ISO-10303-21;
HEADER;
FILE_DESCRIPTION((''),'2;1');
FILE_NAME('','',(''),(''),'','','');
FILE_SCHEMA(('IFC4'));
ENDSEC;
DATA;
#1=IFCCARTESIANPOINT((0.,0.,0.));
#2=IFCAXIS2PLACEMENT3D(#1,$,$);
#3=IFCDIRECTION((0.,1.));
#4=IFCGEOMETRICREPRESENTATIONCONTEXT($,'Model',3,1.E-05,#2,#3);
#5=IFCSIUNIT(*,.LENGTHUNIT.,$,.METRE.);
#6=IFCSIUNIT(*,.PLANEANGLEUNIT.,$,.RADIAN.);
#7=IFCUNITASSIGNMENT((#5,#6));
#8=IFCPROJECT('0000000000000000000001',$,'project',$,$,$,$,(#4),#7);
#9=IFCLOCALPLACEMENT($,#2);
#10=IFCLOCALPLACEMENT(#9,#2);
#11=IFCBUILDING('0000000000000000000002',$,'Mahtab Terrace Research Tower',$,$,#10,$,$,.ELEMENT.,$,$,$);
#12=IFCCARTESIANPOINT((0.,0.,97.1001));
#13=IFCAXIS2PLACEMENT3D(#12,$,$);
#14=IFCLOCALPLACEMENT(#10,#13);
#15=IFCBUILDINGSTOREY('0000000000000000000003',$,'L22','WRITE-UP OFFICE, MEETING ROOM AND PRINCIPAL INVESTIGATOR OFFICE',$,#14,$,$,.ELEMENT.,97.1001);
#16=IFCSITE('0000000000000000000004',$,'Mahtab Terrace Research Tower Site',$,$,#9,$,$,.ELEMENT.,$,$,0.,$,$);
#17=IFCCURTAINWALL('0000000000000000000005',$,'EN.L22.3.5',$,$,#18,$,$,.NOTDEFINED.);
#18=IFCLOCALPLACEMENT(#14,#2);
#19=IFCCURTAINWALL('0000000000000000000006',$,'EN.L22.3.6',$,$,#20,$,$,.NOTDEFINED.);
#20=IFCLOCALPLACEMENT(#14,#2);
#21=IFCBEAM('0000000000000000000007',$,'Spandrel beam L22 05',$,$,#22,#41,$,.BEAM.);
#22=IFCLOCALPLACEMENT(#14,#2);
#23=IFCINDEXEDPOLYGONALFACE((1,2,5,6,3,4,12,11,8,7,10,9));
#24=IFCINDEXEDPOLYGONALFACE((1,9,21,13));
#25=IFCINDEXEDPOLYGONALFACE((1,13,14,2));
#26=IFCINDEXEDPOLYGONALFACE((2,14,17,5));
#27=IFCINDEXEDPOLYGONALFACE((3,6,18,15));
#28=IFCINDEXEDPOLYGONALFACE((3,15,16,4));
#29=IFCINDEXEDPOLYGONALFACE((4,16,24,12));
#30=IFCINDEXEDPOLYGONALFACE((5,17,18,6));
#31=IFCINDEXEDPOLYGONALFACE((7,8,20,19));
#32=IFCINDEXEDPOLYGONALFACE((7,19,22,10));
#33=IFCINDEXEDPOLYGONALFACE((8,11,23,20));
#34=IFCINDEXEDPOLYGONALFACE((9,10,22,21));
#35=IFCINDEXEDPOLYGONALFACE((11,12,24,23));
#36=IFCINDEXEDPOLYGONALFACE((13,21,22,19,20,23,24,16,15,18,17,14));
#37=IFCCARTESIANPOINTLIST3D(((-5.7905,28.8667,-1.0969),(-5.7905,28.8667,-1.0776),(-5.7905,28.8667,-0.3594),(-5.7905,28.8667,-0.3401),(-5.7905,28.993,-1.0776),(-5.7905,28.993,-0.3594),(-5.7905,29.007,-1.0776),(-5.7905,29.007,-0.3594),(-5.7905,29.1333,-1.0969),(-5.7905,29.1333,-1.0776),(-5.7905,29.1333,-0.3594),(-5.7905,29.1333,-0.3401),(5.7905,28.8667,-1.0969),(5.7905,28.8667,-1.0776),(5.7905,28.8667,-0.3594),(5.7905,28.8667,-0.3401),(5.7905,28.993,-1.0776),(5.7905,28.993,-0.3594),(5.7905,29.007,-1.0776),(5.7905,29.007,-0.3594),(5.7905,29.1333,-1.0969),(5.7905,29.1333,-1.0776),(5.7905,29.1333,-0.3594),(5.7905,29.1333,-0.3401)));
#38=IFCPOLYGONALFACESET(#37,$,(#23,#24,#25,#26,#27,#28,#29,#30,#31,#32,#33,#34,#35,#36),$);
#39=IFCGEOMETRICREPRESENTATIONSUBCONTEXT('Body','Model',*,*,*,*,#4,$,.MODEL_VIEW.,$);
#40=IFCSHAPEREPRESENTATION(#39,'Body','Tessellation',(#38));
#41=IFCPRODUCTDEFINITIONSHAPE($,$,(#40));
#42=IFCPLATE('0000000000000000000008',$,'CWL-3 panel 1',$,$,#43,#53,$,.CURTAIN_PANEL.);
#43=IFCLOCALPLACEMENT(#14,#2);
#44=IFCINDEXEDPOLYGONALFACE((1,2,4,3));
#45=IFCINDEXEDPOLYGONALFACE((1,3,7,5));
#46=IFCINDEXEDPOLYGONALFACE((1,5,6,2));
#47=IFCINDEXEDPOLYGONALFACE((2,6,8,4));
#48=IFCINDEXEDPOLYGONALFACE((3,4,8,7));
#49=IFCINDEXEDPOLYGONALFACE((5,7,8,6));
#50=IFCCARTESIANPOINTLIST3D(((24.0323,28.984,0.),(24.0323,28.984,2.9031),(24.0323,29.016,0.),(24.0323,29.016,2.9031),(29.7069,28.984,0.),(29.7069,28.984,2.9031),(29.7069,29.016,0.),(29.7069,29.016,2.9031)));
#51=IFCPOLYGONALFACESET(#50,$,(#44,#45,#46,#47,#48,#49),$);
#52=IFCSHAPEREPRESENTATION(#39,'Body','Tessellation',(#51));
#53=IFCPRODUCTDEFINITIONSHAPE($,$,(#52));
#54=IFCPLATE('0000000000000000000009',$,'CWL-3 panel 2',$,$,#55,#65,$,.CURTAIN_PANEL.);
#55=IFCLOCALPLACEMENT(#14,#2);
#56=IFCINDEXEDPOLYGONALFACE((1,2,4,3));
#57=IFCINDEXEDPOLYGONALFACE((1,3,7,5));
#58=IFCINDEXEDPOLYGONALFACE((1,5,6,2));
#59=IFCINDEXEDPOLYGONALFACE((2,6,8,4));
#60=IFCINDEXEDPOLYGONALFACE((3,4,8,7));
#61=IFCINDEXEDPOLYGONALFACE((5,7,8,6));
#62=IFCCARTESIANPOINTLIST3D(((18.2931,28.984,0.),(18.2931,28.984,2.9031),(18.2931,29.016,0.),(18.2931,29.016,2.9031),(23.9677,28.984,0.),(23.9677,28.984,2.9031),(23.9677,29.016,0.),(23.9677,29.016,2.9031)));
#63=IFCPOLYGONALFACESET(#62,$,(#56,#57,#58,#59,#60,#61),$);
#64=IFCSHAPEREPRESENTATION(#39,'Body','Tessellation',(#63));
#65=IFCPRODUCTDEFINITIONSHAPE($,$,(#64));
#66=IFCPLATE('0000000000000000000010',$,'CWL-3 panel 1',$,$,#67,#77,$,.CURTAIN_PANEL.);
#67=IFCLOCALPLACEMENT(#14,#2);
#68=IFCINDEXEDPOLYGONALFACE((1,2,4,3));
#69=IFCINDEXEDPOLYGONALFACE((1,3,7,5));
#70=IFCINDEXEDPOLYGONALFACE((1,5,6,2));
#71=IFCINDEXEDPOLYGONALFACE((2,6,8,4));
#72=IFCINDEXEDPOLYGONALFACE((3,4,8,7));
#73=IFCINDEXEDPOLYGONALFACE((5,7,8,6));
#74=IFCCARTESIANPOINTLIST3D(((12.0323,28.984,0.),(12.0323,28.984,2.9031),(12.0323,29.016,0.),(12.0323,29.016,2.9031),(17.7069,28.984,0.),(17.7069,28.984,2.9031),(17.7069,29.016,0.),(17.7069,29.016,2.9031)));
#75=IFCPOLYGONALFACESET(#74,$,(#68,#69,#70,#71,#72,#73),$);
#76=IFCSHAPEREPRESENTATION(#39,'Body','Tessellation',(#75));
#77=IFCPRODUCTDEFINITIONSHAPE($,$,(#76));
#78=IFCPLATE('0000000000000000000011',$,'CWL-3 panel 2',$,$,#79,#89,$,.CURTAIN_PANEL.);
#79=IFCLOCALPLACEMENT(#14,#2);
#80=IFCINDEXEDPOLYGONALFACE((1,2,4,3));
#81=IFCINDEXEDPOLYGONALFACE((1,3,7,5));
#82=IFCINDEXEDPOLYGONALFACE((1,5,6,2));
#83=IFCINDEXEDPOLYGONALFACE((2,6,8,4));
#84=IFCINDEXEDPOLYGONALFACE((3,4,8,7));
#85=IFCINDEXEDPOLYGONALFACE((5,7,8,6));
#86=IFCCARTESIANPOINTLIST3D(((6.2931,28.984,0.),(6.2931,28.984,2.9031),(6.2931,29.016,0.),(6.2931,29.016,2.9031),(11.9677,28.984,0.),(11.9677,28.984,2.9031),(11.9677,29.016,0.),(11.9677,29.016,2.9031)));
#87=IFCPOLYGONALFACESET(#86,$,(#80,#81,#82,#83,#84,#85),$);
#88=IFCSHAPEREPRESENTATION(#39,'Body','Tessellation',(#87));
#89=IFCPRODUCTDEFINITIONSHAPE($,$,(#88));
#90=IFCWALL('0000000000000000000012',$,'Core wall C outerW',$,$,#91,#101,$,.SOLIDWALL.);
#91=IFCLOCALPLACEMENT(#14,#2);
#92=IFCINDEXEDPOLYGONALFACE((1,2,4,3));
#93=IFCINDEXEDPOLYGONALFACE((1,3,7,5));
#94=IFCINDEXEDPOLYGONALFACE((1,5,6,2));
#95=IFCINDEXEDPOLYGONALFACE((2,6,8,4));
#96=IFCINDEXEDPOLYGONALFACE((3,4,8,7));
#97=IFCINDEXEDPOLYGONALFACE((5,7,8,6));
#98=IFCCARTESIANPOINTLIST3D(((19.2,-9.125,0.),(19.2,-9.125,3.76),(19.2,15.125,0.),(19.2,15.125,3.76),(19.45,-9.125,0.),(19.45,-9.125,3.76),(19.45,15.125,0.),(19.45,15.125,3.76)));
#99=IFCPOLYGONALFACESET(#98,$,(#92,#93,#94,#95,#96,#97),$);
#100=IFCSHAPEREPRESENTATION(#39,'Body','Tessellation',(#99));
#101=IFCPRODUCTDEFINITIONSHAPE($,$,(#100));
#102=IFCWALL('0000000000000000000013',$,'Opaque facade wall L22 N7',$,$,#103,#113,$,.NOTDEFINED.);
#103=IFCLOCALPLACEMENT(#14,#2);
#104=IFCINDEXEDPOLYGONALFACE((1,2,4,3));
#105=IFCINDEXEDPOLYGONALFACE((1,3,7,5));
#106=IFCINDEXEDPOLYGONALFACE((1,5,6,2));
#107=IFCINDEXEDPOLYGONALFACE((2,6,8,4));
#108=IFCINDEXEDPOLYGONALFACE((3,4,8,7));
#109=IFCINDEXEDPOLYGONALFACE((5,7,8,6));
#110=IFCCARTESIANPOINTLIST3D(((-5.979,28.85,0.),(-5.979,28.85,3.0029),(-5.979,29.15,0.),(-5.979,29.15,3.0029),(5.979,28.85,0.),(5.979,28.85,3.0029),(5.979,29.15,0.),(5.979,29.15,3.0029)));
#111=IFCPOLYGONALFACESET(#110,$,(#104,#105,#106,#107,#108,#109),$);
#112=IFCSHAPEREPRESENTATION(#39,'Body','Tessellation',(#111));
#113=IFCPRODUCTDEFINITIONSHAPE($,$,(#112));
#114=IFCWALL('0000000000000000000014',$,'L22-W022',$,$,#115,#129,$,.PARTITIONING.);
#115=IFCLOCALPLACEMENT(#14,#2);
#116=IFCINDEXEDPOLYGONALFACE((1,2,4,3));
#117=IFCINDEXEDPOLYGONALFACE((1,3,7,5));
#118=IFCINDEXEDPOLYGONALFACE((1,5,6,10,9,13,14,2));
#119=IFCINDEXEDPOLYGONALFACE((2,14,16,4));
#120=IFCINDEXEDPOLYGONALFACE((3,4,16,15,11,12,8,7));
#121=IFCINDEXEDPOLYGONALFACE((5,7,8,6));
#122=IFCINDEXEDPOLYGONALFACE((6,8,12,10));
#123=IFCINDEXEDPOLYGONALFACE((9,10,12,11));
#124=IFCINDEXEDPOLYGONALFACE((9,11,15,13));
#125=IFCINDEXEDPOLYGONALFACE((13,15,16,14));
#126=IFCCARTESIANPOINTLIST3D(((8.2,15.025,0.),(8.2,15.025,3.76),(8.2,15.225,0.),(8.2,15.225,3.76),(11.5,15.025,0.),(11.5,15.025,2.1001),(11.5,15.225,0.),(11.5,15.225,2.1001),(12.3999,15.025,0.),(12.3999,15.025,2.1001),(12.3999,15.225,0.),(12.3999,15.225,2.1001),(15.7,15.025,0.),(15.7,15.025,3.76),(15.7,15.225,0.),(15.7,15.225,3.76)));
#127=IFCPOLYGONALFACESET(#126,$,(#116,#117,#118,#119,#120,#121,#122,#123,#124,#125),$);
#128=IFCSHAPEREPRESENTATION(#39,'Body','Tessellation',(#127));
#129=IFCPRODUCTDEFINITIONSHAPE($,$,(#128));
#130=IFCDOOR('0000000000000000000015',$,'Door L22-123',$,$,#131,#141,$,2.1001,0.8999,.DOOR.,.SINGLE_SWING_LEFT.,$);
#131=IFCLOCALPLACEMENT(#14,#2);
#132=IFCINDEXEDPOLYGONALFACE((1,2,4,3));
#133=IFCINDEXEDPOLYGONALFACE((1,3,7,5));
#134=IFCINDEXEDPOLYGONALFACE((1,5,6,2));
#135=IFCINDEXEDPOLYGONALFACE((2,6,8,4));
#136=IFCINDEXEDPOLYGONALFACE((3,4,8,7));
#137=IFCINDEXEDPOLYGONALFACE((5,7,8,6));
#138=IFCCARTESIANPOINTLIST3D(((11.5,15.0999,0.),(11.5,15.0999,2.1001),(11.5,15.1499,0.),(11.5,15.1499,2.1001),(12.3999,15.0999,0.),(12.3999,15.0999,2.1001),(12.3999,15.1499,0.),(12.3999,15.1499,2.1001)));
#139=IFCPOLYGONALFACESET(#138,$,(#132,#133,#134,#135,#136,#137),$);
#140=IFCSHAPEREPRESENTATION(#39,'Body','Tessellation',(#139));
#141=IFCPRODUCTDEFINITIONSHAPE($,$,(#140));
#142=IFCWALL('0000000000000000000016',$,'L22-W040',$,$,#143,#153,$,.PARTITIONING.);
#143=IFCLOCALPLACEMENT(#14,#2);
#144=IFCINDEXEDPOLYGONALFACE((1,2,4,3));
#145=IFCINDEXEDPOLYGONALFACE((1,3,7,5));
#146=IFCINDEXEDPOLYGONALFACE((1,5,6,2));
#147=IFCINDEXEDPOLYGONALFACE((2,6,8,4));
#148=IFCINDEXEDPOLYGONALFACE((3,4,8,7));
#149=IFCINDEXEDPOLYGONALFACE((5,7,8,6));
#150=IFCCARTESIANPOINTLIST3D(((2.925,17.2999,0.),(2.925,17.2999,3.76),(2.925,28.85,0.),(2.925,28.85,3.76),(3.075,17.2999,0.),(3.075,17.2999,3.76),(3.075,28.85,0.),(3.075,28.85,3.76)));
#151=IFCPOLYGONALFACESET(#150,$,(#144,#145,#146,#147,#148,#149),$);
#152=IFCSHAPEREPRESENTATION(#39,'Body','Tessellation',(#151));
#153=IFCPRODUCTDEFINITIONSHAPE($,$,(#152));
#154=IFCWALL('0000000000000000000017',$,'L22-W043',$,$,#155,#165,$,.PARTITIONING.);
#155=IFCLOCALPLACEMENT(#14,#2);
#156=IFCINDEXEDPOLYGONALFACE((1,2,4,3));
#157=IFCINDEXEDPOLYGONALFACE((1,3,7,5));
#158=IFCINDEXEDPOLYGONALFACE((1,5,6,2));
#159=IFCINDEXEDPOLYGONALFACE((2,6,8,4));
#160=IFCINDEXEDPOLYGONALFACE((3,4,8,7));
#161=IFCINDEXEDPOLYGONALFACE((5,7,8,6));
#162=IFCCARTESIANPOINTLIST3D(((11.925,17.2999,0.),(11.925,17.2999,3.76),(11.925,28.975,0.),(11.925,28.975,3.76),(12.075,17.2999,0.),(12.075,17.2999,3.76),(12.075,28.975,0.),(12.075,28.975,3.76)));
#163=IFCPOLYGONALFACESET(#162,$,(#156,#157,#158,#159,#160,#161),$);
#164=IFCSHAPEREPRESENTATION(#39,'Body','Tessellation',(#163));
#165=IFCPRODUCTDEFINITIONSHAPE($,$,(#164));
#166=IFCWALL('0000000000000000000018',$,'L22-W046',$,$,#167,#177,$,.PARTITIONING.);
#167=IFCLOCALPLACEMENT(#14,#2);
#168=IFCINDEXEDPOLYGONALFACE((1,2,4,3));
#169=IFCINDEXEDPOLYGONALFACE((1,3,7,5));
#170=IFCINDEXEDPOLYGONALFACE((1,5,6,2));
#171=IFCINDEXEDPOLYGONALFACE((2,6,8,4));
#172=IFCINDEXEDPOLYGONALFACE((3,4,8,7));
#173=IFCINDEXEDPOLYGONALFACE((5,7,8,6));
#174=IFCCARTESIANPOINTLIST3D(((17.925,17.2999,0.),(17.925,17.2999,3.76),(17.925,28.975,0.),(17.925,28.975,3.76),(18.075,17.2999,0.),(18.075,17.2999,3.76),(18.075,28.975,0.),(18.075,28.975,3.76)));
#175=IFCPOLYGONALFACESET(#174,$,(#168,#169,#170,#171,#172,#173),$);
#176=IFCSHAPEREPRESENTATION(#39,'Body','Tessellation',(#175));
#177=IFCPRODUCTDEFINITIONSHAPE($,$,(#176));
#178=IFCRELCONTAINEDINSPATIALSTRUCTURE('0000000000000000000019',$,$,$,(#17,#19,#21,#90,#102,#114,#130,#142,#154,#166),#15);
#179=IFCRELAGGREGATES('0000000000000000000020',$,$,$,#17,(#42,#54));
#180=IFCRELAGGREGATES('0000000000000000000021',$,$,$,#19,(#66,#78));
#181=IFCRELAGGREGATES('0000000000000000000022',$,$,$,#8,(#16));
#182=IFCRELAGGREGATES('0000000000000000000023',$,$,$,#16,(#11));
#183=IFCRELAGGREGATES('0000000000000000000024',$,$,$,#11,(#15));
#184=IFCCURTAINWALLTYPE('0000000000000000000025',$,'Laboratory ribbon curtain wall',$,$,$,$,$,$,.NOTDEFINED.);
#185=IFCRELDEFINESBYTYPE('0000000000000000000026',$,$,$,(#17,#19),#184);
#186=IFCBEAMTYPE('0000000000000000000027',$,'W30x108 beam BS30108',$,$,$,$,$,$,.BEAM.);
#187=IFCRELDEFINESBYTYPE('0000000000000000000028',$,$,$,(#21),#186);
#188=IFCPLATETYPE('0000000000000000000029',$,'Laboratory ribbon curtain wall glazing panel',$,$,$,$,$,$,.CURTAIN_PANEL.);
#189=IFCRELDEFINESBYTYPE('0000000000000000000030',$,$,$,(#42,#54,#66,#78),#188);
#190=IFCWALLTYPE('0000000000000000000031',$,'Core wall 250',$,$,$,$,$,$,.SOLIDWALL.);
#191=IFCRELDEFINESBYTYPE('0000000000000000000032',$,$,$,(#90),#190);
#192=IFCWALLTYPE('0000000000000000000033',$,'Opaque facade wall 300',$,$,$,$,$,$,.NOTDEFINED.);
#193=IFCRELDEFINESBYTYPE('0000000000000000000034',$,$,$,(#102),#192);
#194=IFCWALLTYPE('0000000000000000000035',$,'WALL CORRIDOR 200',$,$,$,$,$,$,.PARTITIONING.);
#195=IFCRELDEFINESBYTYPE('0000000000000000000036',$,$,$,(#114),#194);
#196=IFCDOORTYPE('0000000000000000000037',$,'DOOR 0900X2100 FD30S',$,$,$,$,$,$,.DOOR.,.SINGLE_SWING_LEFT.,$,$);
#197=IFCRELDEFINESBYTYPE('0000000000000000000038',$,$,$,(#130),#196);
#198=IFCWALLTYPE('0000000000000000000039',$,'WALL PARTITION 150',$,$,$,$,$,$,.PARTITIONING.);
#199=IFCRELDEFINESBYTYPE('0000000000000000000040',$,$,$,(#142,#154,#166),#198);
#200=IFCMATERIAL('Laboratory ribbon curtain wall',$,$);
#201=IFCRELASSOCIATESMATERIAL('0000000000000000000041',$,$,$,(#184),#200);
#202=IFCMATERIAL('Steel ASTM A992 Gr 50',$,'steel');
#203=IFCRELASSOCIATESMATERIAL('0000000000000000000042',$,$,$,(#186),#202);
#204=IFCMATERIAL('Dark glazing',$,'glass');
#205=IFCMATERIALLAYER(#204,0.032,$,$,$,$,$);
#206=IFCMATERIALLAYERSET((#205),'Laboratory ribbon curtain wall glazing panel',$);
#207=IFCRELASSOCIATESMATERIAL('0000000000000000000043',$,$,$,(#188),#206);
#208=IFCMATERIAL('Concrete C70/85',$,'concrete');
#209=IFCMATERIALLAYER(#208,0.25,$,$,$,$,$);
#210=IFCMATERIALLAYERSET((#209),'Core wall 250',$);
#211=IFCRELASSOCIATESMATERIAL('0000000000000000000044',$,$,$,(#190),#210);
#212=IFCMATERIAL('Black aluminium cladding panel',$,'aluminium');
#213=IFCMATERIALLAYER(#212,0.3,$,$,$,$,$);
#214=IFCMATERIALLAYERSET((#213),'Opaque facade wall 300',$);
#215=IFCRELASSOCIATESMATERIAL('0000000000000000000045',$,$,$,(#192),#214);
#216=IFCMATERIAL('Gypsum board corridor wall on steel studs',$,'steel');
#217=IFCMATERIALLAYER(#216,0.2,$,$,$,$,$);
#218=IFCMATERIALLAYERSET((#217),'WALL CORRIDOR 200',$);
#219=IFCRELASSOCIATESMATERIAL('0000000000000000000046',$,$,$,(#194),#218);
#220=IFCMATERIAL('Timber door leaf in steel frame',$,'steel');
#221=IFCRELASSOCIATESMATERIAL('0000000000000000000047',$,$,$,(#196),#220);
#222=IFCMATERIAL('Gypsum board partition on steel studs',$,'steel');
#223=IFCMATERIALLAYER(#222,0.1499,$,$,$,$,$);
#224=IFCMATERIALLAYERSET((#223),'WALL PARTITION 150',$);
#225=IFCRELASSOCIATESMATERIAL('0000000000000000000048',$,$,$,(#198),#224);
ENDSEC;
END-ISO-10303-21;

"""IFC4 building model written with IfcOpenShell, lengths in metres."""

from ifc_helpers import new_model, si_unit, direction, frame, frame_2d, origin, origin_2d, place, context, subcontext, project, spatial, rectangle, i_section, extrude, material, layer, layer_set, material_profile, profile_set, type_object, element, fill, aggregate, save


model = new_model("IFC4")

# Units and contexts
model_context = context("Model", 3, precision=1e-05, world=origin(), true_north=direction((0.0, 1.0)))
body_context = subcontext(model_context, "Body", "Model", "MODEL_VIEW")
ifc_project = project(units=[si_unit("LENGTHUNIT", "METRE"), si_unit("PLANEANGLEUNIT", "RADIAN")], contexts=[model_context])

# Site, building, storey
site_placement = place(None, origin())
site = spatial("IfcSite", under=ifc_project, at=site_placement, Name="Mahtab Terrace Research Tower Site", CompositionType="ELEMENT", RefElevation=0.0)
building_placement = place(site_placement, origin())
building = spatial("IfcBuilding", under=site, at=building_placement, Name="Mahtab Terrace Research Tower", CompositionType="ELEMENT")
storey_placement = place(building_placement, frame((0.0, 0.0, 97.1001)))
storey = spatial("IfcBuildingStorey", under=building, at=storey_placement, Name="L22", Description="WRITE-UP OFFICE, MEETING ROOM AND PRINCIPAL INVESTIGATOR OFFICE", CompositionType="ELEMENT", Elevation=97.1001)

# Shared definitions
ifc_material_1 = material(Name="Steel ASTM A992 Gr 50", Category="steel")

# Curtain walls
ifc_material_2 = material(Name="Laboratory ribbon curtain wall")
curtain_wall_type = type_object("IfcCurtainWallType", Name="Laboratory ribbon curtain wall", PredefinedType="NOTDEFINED", material=ifc_material_2)
curtain_wall_1_placement = place(storey_placement, origin())
curtain_wall_1 = element("IfcCurtainWall", 1, at=curtain_wall_1_placement, inside=storey, type_object=curtain_wall_type, Name="EN.L22.3.5", PredefinedType="NOTDEFINED")
curtain_wall_2_placement = place(storey_placement, origin())
curtain_wall_2 = element("IfcCurtainWall", 2, at=curtain_wall_2_placement, inside=storey, type_object=curtain_wall_type, Name="EN.L22.3.6", PredefinedType="NOTDEFINED")

# Beam
ifc_material_profile_1 = material_profile(ifc_material_1, i_section(OverallWidth=0.2666, OverallDepth=0.7568, WebThickness=0.0139, FlangeThickness=0.0193, at=origin_2d()), Name="W30X108")
ifc_profile_set_1 = profile_set([ifc_material_profile_1], Name="Steel ASTM A992 Gr 50")
beam_type = type_object("IfcBeamType", Name="W30x108 beam BS30108", PredefinedType="BEAM", material=ifc_profile_set_1)
for number, where, z_axis, x_axis, name in (
    (3, (5.7905, 29.0, -0.7185), (-1.0, 0.0, 0.0), (0.0, -1.0, 0.0), "Spandrel beam L22 05"),
):
    element("IfcBeam", number, at=place(storey_placement, frame(where, z_axis=z_axis, x_axis=x_axis)), inside=storey, type_object=beam_type, Name=name, PredefinedType="BEAM", context=body_context, shape_type="SweptSolid", body=[
        extrude(i_section(OverallWidth=0.2666, OverallDepth=0.7568, WebThickness=0.0139, FlangeThickness=0.0193, at=origin_2d()), origin(), (0.0, 0.0, 1.0), 11.5811),
    ])

# Plates
ifc_material_3 = material(Name="Dark glazing", Category="glass")
ifc_layer_1 = layer(ifc_material_3, 0.032)
ifc_layer_set_1 = layer_set([ifc_layer_1], Name="Laboratory ribbon curtain wall glazing panel")
plate_type = type_object("IfcPlateType", Name="Laboratory ribbon curtain wall glazing panel", PredefinedType="CURTAIN_PANEL", material=ifc_layer_set_1)
plate_1_placement = place(storey_placement, frame((26.8696, 29.0, 0.0), z_axis=(0.0, 0.0, 1.0), x_axis=(-1.0, 0.0, 0.0)))
plate_1 = element("IfcPlate", 4, at=plate_1_placement, type_object=plate_type, Name="CWL-3 panel 1", PredefinedType="CURTAIN_PANEL", context=body_context, shape_type="SweptSolid", body=[
    extrude(rectangle(XDim=5.6746, YDim=0.032, at=origin_2d()), origin(), (0.0, 0.0, 1.0), 2.9031),
])
plate_2_placement = place(storey_placement, frame((21.1304, 29.0, 0.0), z_axis=(0.0, 0.0, 1.0), x_axis=(-1.0, 0.0, 0.0)))
plate_2 = element("IfcPlate", 5, at=plate_2_placement, type_object=plate_type, Name="CWL-3 panel 2", PredefinedType="CURTAIN_PANEL", context=body_context, shape_type="SweptSolid", body=[
    extrude(rectangle(XDim=5.6746, YDim=0.032, at=origin_2d()), origin(), (0.0, 0.0, 1.0), 2.9031),
])
aggregate(curtain_wall_1, [plate_1, plate_2])
plate_3_placement = place(storey_placement, frame((14.8696, 29.0, 0.0), z_axis=(0.0, 0.0, 1.0), x_axis=(-1.0, 0.0, 0.0)))
plate_3 = element("IfcPlate", 6, at=plate_3_placement, type_object=plate_type, Name="CWL-3 panel 1", PredefinedType="CURTAIN_PANEL", context=body_context, shape_type="SweptSolid", body=[
    extrude(rectangle(XDim=5.6746, YDim=0.032, at=origin_2d()), origin(), (0.0, 0.0, 1.0), 2.9031),
])
plate_4_placement = place(storey_placement, frame((9.1304, 29.0, 0.0), z_axis=(0.0, 0.0, 1.0), x_axis=(-1.0, 0.0, 0.0)))
plate_4 = element("IfcPlate", 7, at=plate_4_placement, type_object=plate_type, Name="CWL-3 panel 2", PredefinedType="CURTAIN_PANEL", context=body_context, shape_type="SweptSolid", body=[
    extrude(rectangle(XDim=5.6746, YDim=0.032, at=origin_2d()), origin(), (0.0, 0.0, 1.0), 2.9031),
])
aggregate(curtain_wall_2, [plate_3, plate_4])

# Walls
ifc_material_4 = material(Name="Concrete C70/85", Category="concrete")
ifc_layer_2 = layer(ifc_material_4, 0.25)
ifc_layer_set_2 = layer_set([ifc_layer_2], Name="Core wall 250")
wall_type_1 = type_object("IfcWallType", Name="Core wall 250", PredefinedType="SOLIDWALL", material=ifc_layer_set_2)
wall_1_placement = place(storey_placement, frame((19.325, 15.125, 0.0), z_axis=(0.0, 0.0, 1.0), x_axis=(0.0, -1.0, 0.0)))
element("IfcWall", 8, at=wall_1_placement, inside=storey, type_object=wall_type_1, Name="Core wall C outerW", PredefinedType="SOLIDWALL", context=body_context, shape_type="SweptSolid", body=[
    extrude(rectangle(XDim=24.25, YDim=0.25, at=frame_2d((12.125, 0.0))), origin(), (0.0, 0.0, 1.0), 3.76),
])
ifc_material_5 = material(Name="Black aluminium cladding panel", Category="aluminium")
ifc_layer_3 = layer(ifc_material_5, 0.3)
ifc_layer_set_3 = layer_set([ifc_layer_3], Name="Opaque facade wall 300")
wall_type_2 = type_object("IfcWallType", Name="Opaque facade wall 300", PredefinedType="NOTDEFINED", material=ifc_layer_set_3)
wall_2_placement = place(storey_placement, frame((5.979, 29.0, 0.0), z_axis=(0.0, 0.0, 1.0), x_axis=(-1.0, 0.0, 0.0)))
element("IfcWall", 9, at=wall_2_placement, inside=storey, type_object=wall_type_2, Name="Opaque facade wall L22 N7", PredefinedType="NOTDEFINED", context=body_context, shape_type="SweptSolid", body=[
    extrude(rectangle(XDim=11.958, YDim=0.3, at=frame_2d((5.979, 0.0))), origin(), (0.0, 0.0, 1.0), 3.0029),
])

# Wall, opening, door
ifc_material_6 = material(Name="Gypsum board corridor wall on steel studs", Category="steel")
ifc_layer_4 = layer(ifc_material_6, 0.2)
ifc_layer_set_4 = layer_set([ifc_layer_4], Name="WALL CORRIDOR 200")
wall_type_3 = type_object("IfcWallType", Name="WALL CORRIDOR 200", PredefinedType="PARTITIONING", material=ifc_layer_set_4)
wall_3_placement = place(storey_placement, frame((8.2, 15.125, 0.0), z_axis=(0.0, 0.0, 1.0), x_axis=(1.0, 0.0, 0.0)))
wall_3 = element("IfcWall", 10, at=wall_3_placement, inside=storey, type_object=wall_type_3, Name="L22-W022", PredefinedType="PARTITIONING", context=body_context, shape_type="SweptSolid", body=[
    extrude(rectangle(XDim=7.5, YDim=0.2, at=frame_2d((3.75, 0.0))), origin(), (0.0, 0.0, 1.0), 3.76),
])
opening_placement = place(wall_3_placement, frame((3.3, 0.0, 0.0)))
opening = element("IfcOpeningElement", 11, at=opening_placement, cuts=wall_3, PredefinedType="OPENING", context=body_context, shape_type="SweptSolid", body=[
    extrude(rectangle(XDim=0.8999, YDim=2.1001, at=frame_2d((0.45, 1.05))), frame((0.0, 0.1099, 0.0), z_axis=(0.0, -1.0, 0.0), x_axis=(1.0, 0.0, 0.0)), (0.0, 0.0, 1.0), 0.22),
])
ifc_material_7 = material(Name="Timber door leaf in steel frame", Category="steel")
door_type = type_object("IfcDoorType", Name="DOOR 0900X2100 FD30S", OperationType="SINGLE_SWING_LEFT", PredefinedType="DOOR", material=ifc_material_7)
door_placement = place(opening_placement, origin())
door = element("IfcDoor", 12, at=door_placement, inside=storey, type_object=door_type, Name="Door L22-123", OperationType="SINGLE_SWING_LEFT", OverallHeight=2.1001, OverallWidth=0.8999, PredefinedType="DOOR", context=body_context, shape_type="SweptSolid", body=[
    extrude(rectangle(XDim=0.8999, YDim=2.1001, at=frame_2d((0.45, 1.05))), frame((0.0, 0.0249, 0.0), z_axis=(0.0, -1.0, 0.0), x_axis=(1.0, 0.0, 0.0)), (0.0, 0.0, 1.0), 0.05),
])
fill(opening, door)

# Walls
ifc_material_8 = material(Name="Gypsum board partition on steel studs", Category="steel")
ifc_layer_5 = layer(ifc_material_8, 0.1499)
ifc_layer_set_5 = layer_set([ifc_layer_5], Name="WALL PARTITION 150")
wall_type_4 = type_object("IfcWallType", Name="WALL PARTITION 150", PredefinedType="PARTITIONING", material=ifc_layer_set_5)
wall_4_placement = place(storey_placement, frame((3.0, 17.3, 0.0), z_axis=(0.0, 0.0, 1.0), x_axis=(0.0, 1.0, 0.0)))
element("IfcWall", 13, at=wall_4_placement, inside=storey, type_object=wall_type_4, Name="L22-W040", PredefinedType="PARTITIONING", context=body_context, shape_type="SweptSolid", body=[
    extrude(rectangle(XDim=11.55, YDim=0.1499, at=frame_2d((5.7749, 0.0))), origin(), (0.0, 0.0, 1.0), 3.76),
])
for number, where, z_axis, x_axis, name in (
    (14, (12.0, 17.3, 0.0), (0.0, 0.0, 1.0), (0.0, 1.0, 0.0), "L22-W043"),
    (15, (18.0, 17.3, 0.0), (0.0, 0.0, 1.0), (0.0, 1.0, 0.0), "L22-W046"),
):
    element("IfcWall", number, at=place(storey_placement, frame(where, z_axis=z_axis, x_axis=x_axis)), inside=storey, type_object=wall_type_4, Name=name, PredefinedType="PARTITIONING", context=body_context, shape_type="SweptSolid", body=[
        extrude(rectangle(XDim=11.675, YDim=0.1499, at=frame_2d((5.8374, 0.0))), origin(), (0.0, 0.0, 1.0), 3.76),
    ])

save(model, "model.ifc")
